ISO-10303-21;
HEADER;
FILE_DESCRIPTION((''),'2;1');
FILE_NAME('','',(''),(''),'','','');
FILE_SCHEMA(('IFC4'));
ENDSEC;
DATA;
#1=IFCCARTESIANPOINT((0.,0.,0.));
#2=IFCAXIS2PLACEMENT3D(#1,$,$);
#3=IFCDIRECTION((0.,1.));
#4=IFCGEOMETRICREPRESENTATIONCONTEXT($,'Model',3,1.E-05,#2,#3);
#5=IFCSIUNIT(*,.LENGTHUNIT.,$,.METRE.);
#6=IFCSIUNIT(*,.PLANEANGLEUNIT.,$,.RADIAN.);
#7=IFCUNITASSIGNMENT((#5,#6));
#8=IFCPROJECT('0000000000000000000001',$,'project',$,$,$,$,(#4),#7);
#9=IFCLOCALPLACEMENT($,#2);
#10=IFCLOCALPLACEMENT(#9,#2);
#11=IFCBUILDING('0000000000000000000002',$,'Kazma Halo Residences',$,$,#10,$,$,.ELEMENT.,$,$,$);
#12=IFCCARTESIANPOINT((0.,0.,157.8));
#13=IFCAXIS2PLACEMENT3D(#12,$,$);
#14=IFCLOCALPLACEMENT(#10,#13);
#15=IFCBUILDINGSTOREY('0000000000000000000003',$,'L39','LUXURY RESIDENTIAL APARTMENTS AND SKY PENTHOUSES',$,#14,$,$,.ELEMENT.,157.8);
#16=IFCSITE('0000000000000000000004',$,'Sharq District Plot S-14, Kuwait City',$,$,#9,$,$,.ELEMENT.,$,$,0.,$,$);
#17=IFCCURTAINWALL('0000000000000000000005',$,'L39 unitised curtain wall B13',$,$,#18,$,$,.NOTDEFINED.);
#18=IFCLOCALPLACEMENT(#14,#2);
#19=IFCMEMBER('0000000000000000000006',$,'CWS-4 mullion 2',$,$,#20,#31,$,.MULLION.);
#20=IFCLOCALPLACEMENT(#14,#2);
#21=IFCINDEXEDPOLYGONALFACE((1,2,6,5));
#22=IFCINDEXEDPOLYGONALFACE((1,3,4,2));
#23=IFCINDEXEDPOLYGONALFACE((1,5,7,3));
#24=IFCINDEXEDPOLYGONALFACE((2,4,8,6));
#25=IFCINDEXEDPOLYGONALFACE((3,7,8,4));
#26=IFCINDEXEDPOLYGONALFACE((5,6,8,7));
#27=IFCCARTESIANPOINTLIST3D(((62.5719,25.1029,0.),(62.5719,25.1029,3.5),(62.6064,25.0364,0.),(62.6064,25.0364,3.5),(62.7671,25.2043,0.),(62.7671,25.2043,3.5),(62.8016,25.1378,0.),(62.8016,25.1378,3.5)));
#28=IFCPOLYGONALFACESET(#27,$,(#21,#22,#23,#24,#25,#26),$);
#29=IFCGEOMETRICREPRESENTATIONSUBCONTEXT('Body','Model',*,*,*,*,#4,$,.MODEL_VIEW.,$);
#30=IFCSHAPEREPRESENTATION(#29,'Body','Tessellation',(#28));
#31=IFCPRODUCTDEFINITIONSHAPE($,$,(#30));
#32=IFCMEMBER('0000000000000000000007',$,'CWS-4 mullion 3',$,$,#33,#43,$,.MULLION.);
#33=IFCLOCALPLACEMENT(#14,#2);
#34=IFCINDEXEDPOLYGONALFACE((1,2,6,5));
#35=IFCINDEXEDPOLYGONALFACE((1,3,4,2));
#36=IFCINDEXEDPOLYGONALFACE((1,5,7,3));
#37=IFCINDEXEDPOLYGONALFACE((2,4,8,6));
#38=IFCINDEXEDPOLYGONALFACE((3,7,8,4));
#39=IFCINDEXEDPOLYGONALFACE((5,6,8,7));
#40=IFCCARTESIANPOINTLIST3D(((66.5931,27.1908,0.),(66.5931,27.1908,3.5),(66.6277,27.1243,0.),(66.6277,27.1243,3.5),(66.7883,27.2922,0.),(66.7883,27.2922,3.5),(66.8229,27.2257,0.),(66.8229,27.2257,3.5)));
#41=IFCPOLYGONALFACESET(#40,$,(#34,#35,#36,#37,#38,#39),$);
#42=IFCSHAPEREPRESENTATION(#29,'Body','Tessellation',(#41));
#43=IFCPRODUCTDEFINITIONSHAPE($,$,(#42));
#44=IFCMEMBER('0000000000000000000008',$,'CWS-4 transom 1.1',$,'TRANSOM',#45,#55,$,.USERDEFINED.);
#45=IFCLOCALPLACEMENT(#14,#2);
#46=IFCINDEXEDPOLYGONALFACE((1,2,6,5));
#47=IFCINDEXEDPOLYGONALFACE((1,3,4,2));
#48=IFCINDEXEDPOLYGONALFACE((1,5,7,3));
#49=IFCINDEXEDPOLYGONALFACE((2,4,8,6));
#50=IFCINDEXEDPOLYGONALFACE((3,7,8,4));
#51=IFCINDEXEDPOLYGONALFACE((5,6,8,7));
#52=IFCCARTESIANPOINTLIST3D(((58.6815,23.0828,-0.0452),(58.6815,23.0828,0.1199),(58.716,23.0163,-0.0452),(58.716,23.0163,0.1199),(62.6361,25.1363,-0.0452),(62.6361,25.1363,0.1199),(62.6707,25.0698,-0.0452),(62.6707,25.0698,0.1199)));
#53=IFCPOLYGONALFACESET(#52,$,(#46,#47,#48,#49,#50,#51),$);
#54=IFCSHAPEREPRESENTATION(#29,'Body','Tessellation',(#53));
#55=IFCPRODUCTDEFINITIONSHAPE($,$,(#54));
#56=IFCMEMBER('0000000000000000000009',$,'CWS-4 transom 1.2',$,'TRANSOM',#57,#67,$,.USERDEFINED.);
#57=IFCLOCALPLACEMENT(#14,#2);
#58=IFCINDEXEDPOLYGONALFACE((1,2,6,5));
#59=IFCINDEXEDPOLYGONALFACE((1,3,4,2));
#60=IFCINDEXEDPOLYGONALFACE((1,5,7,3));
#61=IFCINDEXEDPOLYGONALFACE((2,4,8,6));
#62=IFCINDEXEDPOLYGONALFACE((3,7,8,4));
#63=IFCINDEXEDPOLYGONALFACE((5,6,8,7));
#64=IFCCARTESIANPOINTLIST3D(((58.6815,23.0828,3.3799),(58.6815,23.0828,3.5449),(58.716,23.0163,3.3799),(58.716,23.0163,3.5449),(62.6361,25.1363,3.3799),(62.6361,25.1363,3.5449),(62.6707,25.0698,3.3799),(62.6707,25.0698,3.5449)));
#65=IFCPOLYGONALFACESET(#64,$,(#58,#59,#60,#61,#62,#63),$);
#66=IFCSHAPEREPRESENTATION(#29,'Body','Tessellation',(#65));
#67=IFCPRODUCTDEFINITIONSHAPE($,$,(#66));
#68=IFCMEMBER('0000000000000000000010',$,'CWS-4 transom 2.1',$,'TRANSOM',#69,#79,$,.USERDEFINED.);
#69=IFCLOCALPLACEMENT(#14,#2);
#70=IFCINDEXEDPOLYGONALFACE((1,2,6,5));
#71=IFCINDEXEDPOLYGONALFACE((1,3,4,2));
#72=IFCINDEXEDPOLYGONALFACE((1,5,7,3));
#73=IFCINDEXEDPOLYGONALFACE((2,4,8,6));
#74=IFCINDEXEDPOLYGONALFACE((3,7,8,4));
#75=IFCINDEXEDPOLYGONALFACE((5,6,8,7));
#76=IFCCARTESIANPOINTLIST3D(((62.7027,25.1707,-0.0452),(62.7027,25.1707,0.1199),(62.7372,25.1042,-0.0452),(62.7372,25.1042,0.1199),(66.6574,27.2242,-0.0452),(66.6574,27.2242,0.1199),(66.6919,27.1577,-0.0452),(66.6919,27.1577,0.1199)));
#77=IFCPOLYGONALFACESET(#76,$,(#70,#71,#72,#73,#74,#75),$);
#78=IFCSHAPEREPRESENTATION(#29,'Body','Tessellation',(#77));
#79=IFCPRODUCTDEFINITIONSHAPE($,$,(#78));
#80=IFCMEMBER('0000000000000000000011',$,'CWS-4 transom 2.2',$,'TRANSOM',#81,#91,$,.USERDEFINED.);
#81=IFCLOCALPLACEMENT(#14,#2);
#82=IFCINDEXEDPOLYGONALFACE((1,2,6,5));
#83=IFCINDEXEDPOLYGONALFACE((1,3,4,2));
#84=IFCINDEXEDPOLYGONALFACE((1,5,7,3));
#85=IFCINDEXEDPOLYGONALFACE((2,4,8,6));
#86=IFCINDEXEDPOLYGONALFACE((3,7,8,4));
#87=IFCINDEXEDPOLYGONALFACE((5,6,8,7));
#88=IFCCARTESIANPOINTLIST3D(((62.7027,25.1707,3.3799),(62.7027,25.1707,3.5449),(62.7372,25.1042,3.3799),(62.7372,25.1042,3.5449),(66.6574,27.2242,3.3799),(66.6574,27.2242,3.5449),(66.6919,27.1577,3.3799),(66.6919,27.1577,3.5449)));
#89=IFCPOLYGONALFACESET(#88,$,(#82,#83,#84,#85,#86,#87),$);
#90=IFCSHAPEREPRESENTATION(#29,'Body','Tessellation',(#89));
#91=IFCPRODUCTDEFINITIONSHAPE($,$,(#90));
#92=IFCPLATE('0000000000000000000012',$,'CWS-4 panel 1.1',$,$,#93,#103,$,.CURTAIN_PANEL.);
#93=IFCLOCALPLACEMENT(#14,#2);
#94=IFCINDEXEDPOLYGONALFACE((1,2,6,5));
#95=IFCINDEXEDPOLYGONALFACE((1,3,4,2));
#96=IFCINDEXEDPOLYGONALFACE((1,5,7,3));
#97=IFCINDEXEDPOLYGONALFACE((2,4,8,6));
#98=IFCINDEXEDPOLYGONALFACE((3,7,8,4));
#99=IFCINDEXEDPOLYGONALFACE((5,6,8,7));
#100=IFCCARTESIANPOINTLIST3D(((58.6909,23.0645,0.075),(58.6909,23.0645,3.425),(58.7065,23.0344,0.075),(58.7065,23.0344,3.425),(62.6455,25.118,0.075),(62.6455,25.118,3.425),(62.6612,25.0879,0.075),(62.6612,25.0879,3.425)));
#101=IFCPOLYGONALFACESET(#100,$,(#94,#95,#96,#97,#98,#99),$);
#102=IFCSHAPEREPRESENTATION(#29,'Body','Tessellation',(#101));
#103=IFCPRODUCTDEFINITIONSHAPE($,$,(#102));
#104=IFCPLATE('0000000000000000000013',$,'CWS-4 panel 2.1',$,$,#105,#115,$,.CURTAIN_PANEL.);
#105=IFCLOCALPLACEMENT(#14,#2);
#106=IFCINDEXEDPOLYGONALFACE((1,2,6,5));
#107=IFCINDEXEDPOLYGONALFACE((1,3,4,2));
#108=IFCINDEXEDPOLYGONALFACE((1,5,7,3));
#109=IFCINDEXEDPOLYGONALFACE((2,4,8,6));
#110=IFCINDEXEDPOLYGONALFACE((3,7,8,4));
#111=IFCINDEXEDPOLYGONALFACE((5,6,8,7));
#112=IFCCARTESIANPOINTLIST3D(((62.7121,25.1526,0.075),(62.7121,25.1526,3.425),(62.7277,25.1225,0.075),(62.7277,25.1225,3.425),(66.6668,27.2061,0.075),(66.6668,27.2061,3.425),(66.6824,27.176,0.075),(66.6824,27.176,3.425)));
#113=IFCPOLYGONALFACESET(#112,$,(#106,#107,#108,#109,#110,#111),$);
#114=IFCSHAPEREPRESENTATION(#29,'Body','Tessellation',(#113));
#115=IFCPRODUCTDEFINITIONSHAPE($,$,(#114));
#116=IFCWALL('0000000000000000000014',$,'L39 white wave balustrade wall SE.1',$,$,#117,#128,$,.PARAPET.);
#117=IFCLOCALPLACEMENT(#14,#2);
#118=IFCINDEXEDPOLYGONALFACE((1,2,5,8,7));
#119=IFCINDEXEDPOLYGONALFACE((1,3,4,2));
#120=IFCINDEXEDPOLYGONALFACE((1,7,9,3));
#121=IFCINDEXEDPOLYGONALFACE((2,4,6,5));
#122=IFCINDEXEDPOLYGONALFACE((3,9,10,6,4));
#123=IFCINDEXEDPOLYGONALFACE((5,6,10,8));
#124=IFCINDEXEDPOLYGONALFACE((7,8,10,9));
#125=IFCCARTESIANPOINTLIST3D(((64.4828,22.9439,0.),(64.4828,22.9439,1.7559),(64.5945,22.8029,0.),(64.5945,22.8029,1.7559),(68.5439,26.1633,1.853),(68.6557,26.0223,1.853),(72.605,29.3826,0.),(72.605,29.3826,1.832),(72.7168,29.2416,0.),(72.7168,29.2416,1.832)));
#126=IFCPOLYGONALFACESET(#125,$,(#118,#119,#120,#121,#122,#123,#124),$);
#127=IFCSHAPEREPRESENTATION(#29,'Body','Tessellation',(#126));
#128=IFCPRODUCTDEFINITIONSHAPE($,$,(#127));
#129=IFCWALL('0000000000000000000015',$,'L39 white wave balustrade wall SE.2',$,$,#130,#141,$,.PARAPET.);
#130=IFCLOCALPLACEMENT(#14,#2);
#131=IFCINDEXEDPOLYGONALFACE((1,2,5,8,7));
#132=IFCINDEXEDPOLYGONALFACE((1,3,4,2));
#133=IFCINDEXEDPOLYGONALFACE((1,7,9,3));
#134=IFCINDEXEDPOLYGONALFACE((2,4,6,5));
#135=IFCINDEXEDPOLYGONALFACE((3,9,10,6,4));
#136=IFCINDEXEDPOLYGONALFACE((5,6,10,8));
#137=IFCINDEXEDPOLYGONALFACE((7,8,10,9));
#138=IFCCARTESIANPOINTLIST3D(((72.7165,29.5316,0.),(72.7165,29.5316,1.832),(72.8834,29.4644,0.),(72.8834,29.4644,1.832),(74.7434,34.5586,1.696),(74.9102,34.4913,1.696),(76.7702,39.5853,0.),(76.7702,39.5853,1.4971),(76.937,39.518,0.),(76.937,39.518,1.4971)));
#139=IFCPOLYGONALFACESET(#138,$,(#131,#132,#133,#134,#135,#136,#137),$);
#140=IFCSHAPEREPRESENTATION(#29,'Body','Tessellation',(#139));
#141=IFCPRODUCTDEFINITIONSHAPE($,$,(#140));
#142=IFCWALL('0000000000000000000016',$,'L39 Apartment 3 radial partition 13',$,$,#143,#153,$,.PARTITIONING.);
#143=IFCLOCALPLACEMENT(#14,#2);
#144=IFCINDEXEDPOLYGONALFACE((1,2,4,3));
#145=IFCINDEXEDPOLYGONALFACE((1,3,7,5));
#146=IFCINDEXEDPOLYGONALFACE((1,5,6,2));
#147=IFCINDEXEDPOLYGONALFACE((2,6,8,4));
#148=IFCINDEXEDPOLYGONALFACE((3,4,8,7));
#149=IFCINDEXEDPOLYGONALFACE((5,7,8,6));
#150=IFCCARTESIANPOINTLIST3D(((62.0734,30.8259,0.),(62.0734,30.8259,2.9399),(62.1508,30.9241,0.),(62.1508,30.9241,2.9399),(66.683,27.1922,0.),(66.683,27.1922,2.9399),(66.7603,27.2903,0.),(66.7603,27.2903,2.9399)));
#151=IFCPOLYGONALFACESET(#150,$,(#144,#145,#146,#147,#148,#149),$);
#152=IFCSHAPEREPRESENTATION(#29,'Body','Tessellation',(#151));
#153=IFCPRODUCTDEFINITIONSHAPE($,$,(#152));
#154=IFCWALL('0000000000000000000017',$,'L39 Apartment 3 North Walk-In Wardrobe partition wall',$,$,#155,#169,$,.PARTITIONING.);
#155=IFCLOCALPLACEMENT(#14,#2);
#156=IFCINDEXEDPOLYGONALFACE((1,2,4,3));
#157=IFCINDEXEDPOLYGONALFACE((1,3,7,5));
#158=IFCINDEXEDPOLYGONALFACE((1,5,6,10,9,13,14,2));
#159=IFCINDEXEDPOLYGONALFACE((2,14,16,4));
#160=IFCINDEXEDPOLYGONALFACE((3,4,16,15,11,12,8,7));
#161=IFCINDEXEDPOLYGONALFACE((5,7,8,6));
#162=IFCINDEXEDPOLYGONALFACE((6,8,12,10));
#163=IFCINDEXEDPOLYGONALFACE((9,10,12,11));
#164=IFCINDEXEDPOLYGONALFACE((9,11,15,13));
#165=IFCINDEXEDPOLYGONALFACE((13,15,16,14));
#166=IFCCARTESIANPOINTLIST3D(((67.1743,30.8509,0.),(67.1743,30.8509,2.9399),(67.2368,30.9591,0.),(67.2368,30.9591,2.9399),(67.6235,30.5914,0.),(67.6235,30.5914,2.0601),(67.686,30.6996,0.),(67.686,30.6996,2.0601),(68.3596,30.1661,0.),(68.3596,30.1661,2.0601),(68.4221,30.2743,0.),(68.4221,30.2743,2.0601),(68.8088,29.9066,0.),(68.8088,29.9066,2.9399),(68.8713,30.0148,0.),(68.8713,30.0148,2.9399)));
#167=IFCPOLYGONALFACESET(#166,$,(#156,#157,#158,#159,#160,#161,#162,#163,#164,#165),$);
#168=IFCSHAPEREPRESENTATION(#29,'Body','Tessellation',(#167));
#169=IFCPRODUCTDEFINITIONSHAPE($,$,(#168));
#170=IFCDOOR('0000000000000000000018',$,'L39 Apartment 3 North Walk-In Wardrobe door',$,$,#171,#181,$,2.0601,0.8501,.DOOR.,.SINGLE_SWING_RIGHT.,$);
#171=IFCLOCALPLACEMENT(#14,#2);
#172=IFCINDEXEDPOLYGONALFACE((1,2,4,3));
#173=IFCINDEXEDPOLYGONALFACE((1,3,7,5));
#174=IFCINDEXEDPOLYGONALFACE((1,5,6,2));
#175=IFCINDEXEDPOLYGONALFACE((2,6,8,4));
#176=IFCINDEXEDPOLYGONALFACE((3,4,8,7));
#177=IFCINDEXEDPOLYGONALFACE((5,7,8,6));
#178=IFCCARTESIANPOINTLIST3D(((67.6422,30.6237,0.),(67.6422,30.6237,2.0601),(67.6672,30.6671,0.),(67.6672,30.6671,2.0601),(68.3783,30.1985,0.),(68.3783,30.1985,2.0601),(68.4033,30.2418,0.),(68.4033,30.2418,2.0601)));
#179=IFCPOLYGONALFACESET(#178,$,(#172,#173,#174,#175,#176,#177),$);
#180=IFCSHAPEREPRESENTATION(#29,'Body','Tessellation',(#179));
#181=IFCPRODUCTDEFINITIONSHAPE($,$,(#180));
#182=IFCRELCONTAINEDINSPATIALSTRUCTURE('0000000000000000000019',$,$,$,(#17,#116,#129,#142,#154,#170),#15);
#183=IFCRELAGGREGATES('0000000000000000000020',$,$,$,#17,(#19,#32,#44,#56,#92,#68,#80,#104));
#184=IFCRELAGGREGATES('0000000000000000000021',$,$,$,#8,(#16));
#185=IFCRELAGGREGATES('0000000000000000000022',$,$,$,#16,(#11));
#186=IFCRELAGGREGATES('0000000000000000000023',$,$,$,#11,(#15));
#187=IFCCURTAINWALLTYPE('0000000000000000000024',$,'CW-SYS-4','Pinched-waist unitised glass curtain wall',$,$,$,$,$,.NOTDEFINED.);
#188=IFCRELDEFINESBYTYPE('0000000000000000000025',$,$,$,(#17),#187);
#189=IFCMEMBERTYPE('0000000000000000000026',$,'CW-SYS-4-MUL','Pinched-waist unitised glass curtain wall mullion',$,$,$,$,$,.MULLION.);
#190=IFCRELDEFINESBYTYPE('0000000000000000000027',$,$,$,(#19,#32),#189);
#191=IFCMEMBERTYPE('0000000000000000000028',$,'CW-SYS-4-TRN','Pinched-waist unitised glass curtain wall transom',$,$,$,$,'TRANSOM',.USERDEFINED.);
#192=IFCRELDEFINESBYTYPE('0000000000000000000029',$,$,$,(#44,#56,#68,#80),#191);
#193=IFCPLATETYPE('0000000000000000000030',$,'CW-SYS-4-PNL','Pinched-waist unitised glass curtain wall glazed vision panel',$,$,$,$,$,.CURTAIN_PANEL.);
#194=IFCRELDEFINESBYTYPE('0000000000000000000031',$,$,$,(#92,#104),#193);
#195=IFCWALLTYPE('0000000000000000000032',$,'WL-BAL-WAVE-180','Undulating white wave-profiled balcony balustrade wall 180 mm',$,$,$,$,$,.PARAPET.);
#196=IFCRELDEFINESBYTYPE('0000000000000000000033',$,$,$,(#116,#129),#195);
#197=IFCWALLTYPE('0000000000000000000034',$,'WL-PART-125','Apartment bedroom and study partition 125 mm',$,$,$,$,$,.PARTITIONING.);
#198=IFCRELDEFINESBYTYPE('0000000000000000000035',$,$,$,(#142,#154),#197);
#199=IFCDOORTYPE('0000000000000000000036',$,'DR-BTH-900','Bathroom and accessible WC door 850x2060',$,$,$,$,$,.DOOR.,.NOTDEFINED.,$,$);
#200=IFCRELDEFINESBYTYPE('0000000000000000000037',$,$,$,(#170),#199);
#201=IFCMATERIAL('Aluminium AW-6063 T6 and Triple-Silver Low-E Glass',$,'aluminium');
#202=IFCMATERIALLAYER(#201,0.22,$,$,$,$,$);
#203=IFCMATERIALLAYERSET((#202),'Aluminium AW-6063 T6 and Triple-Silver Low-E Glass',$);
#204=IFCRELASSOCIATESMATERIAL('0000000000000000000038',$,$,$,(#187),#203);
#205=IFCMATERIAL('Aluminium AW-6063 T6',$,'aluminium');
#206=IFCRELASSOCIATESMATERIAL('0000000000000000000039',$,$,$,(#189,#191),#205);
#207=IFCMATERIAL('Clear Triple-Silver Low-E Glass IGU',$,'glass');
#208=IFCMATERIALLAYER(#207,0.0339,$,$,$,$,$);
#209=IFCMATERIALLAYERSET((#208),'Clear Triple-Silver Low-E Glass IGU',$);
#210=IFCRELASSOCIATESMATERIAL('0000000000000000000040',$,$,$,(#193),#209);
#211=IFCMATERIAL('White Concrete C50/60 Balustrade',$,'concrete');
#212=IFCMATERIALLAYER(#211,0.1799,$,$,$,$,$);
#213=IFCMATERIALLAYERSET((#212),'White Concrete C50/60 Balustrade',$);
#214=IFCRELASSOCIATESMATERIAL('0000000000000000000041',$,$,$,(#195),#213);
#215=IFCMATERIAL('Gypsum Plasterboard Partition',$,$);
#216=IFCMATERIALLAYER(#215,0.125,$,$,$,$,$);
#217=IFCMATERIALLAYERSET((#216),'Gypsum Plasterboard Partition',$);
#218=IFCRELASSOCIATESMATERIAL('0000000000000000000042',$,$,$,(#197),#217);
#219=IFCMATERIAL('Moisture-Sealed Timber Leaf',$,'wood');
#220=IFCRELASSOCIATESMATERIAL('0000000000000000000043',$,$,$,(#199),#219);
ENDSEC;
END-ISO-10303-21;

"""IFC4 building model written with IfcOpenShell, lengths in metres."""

from ifc_helpers import new_model, si_unit, direction, frame, frame_2d, origin, origin_2d, place, context, subcontext, project, spatial, polyline, rectangle, outline, extrude, material, layer, layer_set, material_profile, profile_set, type_object, element, fill, aggregate, save


model = new_model("IFC4")

# Units and contexts
model_context = context("Model", 3, precision=1e-05, world=origin(), true_north=direction((0.0, 1.0)))
body_context = subcontext(model_context, "Body", "Model", "MODEL_VIEW")
ifc_project = project(units=[si_unit("LENGTHUNIT", "METRE"), si_unit("PLANEANGLEUNIT", "RADIAN")], contexts=[model_context])

# Site, building, storey
site_placement = place(None, origin())
site = spatial("IfcSite", under=ifc_project, at=site_placement, Name="Sharq District Plot S-14, Kuwait City", CompositionType="ELEMENT", RefElevation=0.0)
building_placement = place(site_placement, origin())
building = spatial("IfcBuilding", under=site, at=building_placement, Name="Kazma Halo Residences", CompositionType="ELEMENT")
storey_placement = place(building_placement, frame((0.0, 0.0, 157.8)))
storey = spatial("IfcBuildingStorey", under=building, at=storey_placement, Name="L39", Description="LUXURY RESIDENTIAL APARTMENTS AND SKY PENTHOUSES", CompositionType="ELEMENT", Elevation=157.8)

# Curtain wall, members, plates
ifc_material_1 = material(Name="Aluminium AW-6063 T6 and Triple-Silver Low-E Glass", Category="aluminium")
ifc_layer_1 = layer(ifc_material_1, 0.22)
ifc_layer_set_1 = layer_set([ifc_layer_1], Name="Aluminium AW-6063 T6 and Triple-Silver Low-E Glass")
curtain_wall_type = type_object("IfcCurtainWallType", Name="CW-SYS-4", Description="Pinched-waist unitised glass curtain wall", PredefinedType="NOTDEFINED", material=ifc_layer_set_1)
curtain_wall_placement = place(storey_placement, origin())
curtain_wall = element("IfcCurtainWall", 1, at=curtain_wall_placement, inside=storey, type_object=curtain_wall_type, Name="L39 unitised curtain wall B13", PredefinedType="NOTDEFINED")
ifc_material_2 = material(Name="Aluminium AW-6063 T6", Category="aluminium")
ifc_material_profile_1 = material_profile(ifc_material_2, rectangle(XDim=0.075, YDim=0.22, at=origin_2d()), Name="CWM-75x220")
ifc_profile_set_1 = profile_set([ifc_material_profile_1], Name="Aluminium AW-6063 T6")
member_type_1 = type_object("IfcMemberType", Name="CW-SYS-4-MUL", Description="Pinched-waist unitised glass curtain wall mullion", PredefinedType="MULLION", material=ifc_profile_set_1)
member_1_placement = place(storey_placement, frame((62.6868, 25.1204, 0.0), z_axis=(0.0, 0.0, 1.0), x_axis=(-0.460837, 0.887485, 0.0)))
member_1 = element("IfcMember", 2, at=member_1_placement, type_object=member_type_1, Name="CWS-4 mullion 2", PredefinedType="MULLION", context=body_context, shape_type="SweptSolid", body=[
    extrude(rectangle(XDim=0.075, YDim=0.22, at=origin_2d()), origin(), (0.0, 0.0, 1.0), 3.5),
])
member_2_placement = place(storey_placement, frame((66.708, 27.2083, 0.0), z_axis=(0.0, 0.0, 1.0), x_axis=(-0.460837, 0.887485, 0.0)))
member_2 = element("IfcMember", 3, at=member_2_placement, type_object=member_type_1, Name="CWS-4 mullion 3", PredefinedType="MULLION", context=body_context, shape_type="SweptSolid", body=[
    extrude(rectangle(XDim=0.075, YDim=0.22, at=origin_2d()), origin(), (0.0, 0.0, 1.0), 3.5),
])
ifc_material_profile_2 = material_profile(ifc_material_2, rectangle(XDim=0.075, YDim=0.165, at=origin_2d()), Name="CWT-75x165")
ifc_profile_set_2 = profile_set([ifc_material_profile_2], Name="Aluminium AW-6063 T6")
member_type_2 = type_object("IfcMemberType", Name="CW-SYS-4-TRN", Description="Pinched-waist unitised glass curtain wall transom", ElementType="TRANSOM", PredefinedType="USERDEFINED", material=ifc_profile_set_2)
member_3_placement = place(storey_placement, frame((58.6987, 23.0496, 0.0374), z_axis=(0.887485, 0.460837, 0.0), x_axis=(-0.460837, 0.887485, 0.0)))
member_3 = element("IfcMember", 4, at=member_3_placement, type_object=member_type_2, Name="CWS-4 transom 1.1", ObjectType="TRANSOM", PredefinedType="USERDEFINED", context=body_context, shape_type="SweptSolid", body=[
    extrude(rectangle(XDim=0.075, YDim=0.165, at=origin_2d()), origin(), (0.0, 0.0, 1.0), 4.4561),
])
member_4_placement = place(storey_placement, frame((58.6987, 23.0496, 3.4624), z_axis=(0.887485, 0.460837, 0.0), x_axis=(-0.460837, 0.887485, 0.0)))
member_4 = element("IfcMember", 5, at=member_4_placement, type_object=member_type_2, Name="CWS-4 transom 1.2", ObjectType="TRANSOM", PredefinedType="USERDEFINED", context=body_context, shape_type="SweptSolid", body=[
    extrude(rectangle(XDim=0.075, YDim=0.165, at=origin_2d()), origin(), (0.0, 0.0, 1.0), 4.4561),
])
member_5_placement = place(storey_placement, frame((62.72, 25.1375, 0.0374), z_axis=(0.887485, 0.460837, 0.0), x_axis=(-0.460837, 0.887485, 0.0)))
member_5 = element("IfcMember", 6, at=member_5_placement, type_object=member_type_2, Name="CWS-4 transom 2.1", ObjectType="TRANSOM", PredefinedType="USERDEFINED", context=body_context, shape_type="SweptSolid", body=[
    extrude(rectangle(XDim=0.075, YDim=0.165, at=origin_2d()), origin(), (0.0, 0.0, 1.0), 4.4561),
])
member_6_placement = place(storey_placement, frame((62.72, 25.1375, 3.4624), z_axis=(0.887485, 0.460837, 0.0), x_axis=(-0.460837, 0.887485, 0.0)))
member_6 = element("IfcMember", 7, at=member_6_placement, type_object=member_type_2, Name="CWS-4 transom 2.2", ObjectType="TRANSOM", PredefinedType="USERDEFINED", context=body_context, shape_type="SweptSolid", body=[
    extrude(rectangle(XDim=0.075, YDim=0.165, at=origin_2d()), origin(), (0.0, 0.0, 1.0), 4.4561),
])
ifc_material_3 = material(Name="Clear Triple-Silver Low-E Glass IGU", Category="glass")
ifc_layer_2 = layer(ifc_material_3, 0.0339)
ifc_layer_set_2 = layer_set([ifc_layer_2], Name="Clear Triple-Silver Low-E Glass IGU")
plate_type = type_object("IfcPlateType", Name="CW-SYS-4-PNL", Description="Pinched-waist unitised glass curtain wall glazed vision panel", PredefinedType="CURTAIN_PANEL", material=ifc_layer_set_2)
plate_1_placement = place(storey_placement, frame((60.676, 24.0762, 0.075), z_axis=(0.0, 0.0, 1.0), x_axis=(0.887485, 0.460837, 0.0)))
plate_1 = element("IfcPlate", 8, at=plate_1_placement, type_object=plate_type, Name="CWS-4 panel 1.1", PredefinedType="CURTAIN_PANEL", context=body_context, shape_type="SweptSolid", body=[
    extrude(rectangle(XDim=4.4561, YDim=0.0339, at=origin_2d()), origin(), (0.0, 0.0, 1.0), 3.3501),
])
plate_2_placement = place(storey_placement, frame((64.6973, 26.1643, 0.075), z_axis=(0.0, 0.0, 1.0), x_axis=(0.887485, 0.460837, 0.0)))
plate_2 = element("IfcPlate", 9, at=plate_2_placement, type_object=plate_type, Name="CWS-4 panel 2.1", PredefinedType="CURTAIN_PANEL", context=body_context, shape_type="SweptSolid", body=[
    extrude(rectangle(XDim=4.4561, YDim=0.0339, at=origin_2d()), origin(), (0.0, 0.0, 1.0), 3.3501),
])
aggregate(curtain_wall, [member_1, member_2, member_3, member_4, plate_1, member_5, member_6, plate_2])

# Walls
ifc_material_4 = material(Name="White Concrete C50/60 Balustrade", Category="concrete")
ifc_layer_3 = layer(ifc_material_4, 0.1799)
ifc_layer_set_3 = layer_set([ifc_layer_3], Name="White Concrete C50/60 Balustrade")
wall_type_1 = type_object("IfcWallType", Name="WL-BAL-WAVE-180", Description="Undulating white wave-profiled balcony balustrade wall 180 mm", PredefinedType="PARAPET", material=ifc_layer_set_3)
wall_1_placement = place(storey_placement, frame((64.5386, 22.8735, 0.0), z_axis=(0.0, 0.0, 1.0), x_axis=(0.783644, 0.62121, 0.0)))
element("IfcWall", 10, at=wall_1_placement, inside=storey, type_object=wall_type_1, Name="L39 white wave balustrade wall SE.1", PredefinedType="PARAPET", context=body_context, shape_type="SweptSolid", body=[
    extrude(outline(polyline([(0.0, 0.0), (10.3647, 0.0), (10.3647, 1.832), (5.1824, 1.853), (0.0, 1.7559), (0.0, 0.0)])), frame((0.0, 0.0898, 0.0), z_axis=(0.0, -1.0, 0.0), x_axis=(1.0, 0.0, 0.0)), (0.0, 0.0, 1.0), 0.1799),
])
wall_2_placement = place(storey_placement, frame((72.7998, 29.498, 0.0), z_axis=(0.0, 0.0, 1.0), x_axis=(0.373952, 0.927448, 0.0)))
element("IfcWall", 11, at=wall_2_placement, inside=storey, type_object=wall_type_1, Name="L39 white wave balustrade wall SE.2", PredefinedType="PARAPET", context=body_context, shape_type="SweptSolid", body=[
    extrude(outline(polyline([(0.0, 0.0), (10.8401, 0.0), (10.8401, 1.4971), (5.4202, 1.696), (0.0, 1.832), (0.0, 0.0)])), frame((0.0, 0.0898, 0.0), z_axis=(0.0, -1.0, 0.0), x_axis=(1.0, 0.0, 0.0)), (0.0, 0.0, 1.0), 0.1799),
])

# Wall
ifc_material_5 = material(Name="Gypsum Plasterboard Partition")
ifc_layer_4 = layer(ifc_material_5, 0.125)
ifc_layer_set_4 = layer_set([ifc_layer_4], Name="Gypsum Plasterboard Partition")
wall_type_2 = type_object("IfcWallType", Name="WL-PART-125", Description="Apartment bedroom and study partition 125 mm", PredefinedType="PARTITIONING", material=ifc_layer_set_4)
wall_3_placement = place(storey_placement, frame((62.1121, 30.875, 0.0), z_axis=(0.0, 0.0, 1.0), x_axis=(0.785329, -0.619079, 0.0)))
element("IfcWall", 12, at=wall_3_placement, inside=storey, type_object=wall_type_2, Name="L39 Apartment 3 radial partition 13", PredefinedType="PARTITIONING", context=body_context, shape_type="SweptSolid", body=[
    extrude(rectangle(XDim=5.8696, YDim=0.125, at=frame_2d((2.9348, 0.0))), origin(), (0.0, 0.0, 1.0), 2.9399),
])

# Wall, opening, door
wall_4_placement = place(storey_placement, frame((67.2056, 30.905, 0.0), z_axis=(0.0, 0.0, 1.0), x_axis=(0.865878, -0.500256, 0.0)))
wall_4 = element("IfcWall", 13, at=wall_4_placement, inside=storey, type_object=wall_type_2, Name="L39 Apartment 3 North Walk-In Wardrobe partition wall", PredefinedType="PARTITIONING", context=body_context, shape_type="SweptSolid", body=[
    extrude(rectangle(XDim=1.8877, YDim=0.125, at=frame_2d((0.9438, 0.0))), origin(), (0.0, 0.0, 1.0), 2.9399),
])
opening_1_placement = place(wall_4_placement, frame((0.5188, 0.0, 0.0)))
opening_1 = element("IfcOpeningElement", 14, at=opening_1_placement, cuts=wall_4, PredefinedType="OPENING", context=body_context, shape_type="SweptSolid", body=[
    extrude(rectangle(XDim=0.8501, YDim=2.0601, at=frame_2d((0.425, 1.03))), frame((0.0, 0.0725, 0.0), z_axis=(0.0, -1.0, 0.0), x_axis=(1.0, 0.0, 0.0)), (0.0, 0.0, 1.0), 0.145),
])
ifc_material_6 = material(Name="Moisture-Sealed Timber Leaf", Category="wood")
door_type_1 = type_object("IfcDoorType", Name="DR-BTH-900", Description="Bathroom and accessible WC door 850x2060", OperationType="NOTDEFINED", PredefinedType="DOOR", material=ifc_material_6)
door_1_placement = place(opening_1_placement, origin())
door_1 = element("IfcDoor", 15, at=door_1_placement, inside=storey, type_object=door_type_1, Name="L39 Apartment 3 North Walk-In Wardrobe door", OperationType="SINGLE_SWING_RIGHT", OverallHeight=2.0601, OverallWidth=0.8501, PredefinedType="DOOR", context=body_context, shape_type="SweptSolid", body=[
    extrude(rectangle(XDim=0.8501, YDim=2.0601, at=frame_2d((0.425, 1.03))), frame((0.0, 0.0249, 0.0), z_axis=(0.0, -1.0, 0.0), x_axis=(1.0, 0.0, 0.0)), (0.0, 0.0, 1.0), 0.05),
])
fill(opening_1, door_1)

save(model, "model.ifc")
